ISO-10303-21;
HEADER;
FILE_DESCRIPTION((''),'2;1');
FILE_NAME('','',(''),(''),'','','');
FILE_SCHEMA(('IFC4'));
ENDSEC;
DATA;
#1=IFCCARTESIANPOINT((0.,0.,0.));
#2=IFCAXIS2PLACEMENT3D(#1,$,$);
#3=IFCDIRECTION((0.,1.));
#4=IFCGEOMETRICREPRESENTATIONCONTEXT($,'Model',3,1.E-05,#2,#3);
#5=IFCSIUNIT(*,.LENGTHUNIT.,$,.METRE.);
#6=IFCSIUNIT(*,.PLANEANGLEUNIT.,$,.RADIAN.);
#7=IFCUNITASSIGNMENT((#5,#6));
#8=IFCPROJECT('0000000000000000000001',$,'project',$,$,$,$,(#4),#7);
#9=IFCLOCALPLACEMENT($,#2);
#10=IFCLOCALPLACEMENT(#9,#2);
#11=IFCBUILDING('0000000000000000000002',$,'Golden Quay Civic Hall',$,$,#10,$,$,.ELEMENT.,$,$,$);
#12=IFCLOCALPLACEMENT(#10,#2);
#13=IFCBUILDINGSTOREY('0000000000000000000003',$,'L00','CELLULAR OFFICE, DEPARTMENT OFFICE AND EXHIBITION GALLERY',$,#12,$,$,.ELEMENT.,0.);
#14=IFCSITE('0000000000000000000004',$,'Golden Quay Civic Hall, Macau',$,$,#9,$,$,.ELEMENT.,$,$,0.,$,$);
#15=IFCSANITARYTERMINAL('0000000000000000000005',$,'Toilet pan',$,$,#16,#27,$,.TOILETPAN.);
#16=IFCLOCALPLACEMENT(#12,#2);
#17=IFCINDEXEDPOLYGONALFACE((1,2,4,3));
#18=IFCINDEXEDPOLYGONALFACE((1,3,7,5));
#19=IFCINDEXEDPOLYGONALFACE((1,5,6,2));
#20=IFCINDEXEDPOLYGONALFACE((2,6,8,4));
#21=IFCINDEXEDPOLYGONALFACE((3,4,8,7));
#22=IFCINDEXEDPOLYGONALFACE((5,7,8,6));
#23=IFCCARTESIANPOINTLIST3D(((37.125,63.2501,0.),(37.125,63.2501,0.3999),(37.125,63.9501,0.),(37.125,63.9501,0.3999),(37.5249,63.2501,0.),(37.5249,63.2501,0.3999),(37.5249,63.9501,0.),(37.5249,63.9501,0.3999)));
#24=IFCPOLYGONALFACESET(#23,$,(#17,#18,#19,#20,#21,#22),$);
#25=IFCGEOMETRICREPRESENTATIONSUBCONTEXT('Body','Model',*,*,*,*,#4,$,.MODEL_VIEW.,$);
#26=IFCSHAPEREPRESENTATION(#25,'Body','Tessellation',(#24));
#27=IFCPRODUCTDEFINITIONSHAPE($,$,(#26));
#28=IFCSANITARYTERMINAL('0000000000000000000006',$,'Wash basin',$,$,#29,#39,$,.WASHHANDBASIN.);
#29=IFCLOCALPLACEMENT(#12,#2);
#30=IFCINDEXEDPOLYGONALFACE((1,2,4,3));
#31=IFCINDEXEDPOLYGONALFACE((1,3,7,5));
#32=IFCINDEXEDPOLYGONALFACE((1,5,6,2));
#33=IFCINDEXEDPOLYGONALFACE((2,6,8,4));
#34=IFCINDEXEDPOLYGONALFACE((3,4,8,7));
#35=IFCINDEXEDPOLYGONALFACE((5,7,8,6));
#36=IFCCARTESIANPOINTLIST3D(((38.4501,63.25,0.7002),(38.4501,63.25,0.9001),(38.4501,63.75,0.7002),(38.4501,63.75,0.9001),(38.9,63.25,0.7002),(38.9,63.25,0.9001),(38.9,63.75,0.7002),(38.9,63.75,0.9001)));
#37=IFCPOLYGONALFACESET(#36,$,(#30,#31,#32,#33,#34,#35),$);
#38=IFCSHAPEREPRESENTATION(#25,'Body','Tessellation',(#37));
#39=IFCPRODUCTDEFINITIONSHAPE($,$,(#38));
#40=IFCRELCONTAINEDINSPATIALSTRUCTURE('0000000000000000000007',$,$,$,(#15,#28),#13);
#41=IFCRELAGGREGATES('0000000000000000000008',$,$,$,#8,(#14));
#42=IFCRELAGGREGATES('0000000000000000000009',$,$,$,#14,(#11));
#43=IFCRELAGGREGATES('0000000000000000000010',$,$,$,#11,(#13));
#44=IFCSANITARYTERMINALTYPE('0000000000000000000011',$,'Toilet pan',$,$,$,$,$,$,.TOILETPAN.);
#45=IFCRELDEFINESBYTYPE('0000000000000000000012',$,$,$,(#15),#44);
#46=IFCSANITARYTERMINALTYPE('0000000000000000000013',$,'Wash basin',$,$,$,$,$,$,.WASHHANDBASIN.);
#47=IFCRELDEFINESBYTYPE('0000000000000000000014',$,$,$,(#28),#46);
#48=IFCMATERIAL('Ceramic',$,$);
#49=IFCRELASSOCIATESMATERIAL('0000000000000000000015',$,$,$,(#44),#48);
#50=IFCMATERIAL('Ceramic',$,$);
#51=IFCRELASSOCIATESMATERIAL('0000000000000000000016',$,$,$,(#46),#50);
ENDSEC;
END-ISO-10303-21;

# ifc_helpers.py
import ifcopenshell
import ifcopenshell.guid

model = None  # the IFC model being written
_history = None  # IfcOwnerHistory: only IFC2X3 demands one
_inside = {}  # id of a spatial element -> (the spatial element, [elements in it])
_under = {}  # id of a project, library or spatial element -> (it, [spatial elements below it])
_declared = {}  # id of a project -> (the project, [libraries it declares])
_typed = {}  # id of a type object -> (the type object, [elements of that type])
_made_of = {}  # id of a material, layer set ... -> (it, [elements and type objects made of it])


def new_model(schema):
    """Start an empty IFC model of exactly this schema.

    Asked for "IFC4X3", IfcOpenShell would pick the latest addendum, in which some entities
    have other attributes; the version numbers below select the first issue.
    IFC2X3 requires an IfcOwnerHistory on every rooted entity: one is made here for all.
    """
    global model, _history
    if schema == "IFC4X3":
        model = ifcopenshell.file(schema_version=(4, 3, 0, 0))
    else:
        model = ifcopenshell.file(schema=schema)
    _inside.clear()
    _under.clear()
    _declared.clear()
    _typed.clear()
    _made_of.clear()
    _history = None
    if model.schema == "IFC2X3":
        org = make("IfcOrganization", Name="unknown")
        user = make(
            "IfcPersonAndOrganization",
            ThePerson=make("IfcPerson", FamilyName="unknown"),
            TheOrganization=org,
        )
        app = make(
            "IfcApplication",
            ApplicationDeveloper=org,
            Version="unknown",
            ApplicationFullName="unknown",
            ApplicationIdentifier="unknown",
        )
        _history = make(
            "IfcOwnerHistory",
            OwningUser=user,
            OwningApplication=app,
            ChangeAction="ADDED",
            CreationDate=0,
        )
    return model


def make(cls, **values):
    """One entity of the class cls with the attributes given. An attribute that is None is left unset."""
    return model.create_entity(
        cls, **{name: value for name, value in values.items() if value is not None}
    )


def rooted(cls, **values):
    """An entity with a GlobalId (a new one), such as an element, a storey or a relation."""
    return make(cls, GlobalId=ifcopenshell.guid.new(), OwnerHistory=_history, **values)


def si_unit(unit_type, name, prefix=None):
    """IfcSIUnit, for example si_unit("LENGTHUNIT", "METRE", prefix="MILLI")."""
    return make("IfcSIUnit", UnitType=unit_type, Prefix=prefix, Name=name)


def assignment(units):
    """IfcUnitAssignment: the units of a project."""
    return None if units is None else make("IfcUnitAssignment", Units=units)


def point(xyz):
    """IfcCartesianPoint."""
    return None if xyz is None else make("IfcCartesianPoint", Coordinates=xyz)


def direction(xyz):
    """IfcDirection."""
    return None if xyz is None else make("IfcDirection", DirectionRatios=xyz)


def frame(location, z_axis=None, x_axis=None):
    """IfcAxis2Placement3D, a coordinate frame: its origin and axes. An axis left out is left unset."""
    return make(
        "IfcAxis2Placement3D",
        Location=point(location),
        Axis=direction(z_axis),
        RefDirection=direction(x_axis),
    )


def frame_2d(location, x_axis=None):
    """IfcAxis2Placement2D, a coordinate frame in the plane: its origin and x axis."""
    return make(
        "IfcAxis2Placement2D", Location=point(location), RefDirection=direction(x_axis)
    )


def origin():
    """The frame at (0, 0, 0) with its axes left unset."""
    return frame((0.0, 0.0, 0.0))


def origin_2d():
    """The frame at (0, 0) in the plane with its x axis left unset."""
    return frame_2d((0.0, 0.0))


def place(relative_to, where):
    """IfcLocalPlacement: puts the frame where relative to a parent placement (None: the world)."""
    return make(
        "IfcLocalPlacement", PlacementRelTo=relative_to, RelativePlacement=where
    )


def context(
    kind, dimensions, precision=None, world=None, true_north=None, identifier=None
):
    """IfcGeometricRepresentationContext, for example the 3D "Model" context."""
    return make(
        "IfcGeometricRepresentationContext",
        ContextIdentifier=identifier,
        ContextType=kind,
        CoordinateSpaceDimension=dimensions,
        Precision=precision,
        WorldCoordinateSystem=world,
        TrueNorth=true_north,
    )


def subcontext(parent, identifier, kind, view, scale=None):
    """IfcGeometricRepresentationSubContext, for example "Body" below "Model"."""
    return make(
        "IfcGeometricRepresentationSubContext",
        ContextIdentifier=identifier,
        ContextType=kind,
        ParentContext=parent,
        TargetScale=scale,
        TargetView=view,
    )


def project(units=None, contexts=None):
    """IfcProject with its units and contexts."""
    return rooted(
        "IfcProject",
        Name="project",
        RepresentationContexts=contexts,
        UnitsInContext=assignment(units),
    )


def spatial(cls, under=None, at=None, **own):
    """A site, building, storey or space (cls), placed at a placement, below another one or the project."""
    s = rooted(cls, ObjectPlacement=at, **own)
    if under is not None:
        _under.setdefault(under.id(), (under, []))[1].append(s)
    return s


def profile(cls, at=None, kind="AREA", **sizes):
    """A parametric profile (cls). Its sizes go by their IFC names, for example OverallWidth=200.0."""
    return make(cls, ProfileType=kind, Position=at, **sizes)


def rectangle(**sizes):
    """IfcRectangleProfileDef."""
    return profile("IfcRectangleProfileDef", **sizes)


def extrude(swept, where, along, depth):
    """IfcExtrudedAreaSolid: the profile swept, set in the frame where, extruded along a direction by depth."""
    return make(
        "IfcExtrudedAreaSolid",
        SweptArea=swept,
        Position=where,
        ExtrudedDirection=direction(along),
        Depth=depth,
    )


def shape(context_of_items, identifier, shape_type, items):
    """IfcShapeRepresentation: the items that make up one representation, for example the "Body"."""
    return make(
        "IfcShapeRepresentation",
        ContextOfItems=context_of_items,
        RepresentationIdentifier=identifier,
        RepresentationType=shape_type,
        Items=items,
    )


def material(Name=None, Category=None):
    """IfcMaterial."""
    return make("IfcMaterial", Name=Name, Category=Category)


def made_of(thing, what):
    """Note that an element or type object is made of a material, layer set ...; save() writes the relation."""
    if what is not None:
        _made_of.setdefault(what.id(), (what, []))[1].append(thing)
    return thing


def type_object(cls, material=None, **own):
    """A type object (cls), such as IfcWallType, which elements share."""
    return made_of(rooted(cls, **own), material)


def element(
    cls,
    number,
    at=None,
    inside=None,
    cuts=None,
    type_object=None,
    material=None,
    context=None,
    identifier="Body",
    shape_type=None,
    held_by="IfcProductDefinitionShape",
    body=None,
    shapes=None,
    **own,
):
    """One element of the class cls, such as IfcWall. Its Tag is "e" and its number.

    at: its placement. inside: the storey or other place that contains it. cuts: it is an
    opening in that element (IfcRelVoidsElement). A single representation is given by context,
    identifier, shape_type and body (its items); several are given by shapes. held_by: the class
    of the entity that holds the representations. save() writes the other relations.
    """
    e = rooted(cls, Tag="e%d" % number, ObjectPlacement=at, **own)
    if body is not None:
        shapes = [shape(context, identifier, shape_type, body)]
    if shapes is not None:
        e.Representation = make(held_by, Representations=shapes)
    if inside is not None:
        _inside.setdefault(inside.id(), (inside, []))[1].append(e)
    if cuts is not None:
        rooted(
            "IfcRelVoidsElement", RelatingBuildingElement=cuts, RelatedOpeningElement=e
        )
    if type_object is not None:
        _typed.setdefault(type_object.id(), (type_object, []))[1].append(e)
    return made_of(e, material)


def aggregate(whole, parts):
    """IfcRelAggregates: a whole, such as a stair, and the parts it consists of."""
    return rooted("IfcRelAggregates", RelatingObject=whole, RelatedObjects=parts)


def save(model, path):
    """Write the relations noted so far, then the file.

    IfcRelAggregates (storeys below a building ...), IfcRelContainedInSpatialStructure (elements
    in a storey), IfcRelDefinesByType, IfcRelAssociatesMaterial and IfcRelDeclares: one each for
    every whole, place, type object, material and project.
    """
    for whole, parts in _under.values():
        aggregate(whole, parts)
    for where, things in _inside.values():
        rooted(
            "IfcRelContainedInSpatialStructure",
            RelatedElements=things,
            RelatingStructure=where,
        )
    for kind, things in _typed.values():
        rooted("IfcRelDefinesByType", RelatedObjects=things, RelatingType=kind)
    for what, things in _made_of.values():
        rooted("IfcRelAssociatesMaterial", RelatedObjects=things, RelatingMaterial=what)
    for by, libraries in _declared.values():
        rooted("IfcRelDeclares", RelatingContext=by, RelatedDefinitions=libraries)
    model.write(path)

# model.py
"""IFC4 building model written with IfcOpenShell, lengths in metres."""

from ifc_helpers import new_model, si_unit, direction, frame, origin, origin_2d, place, context, subcontext, project, spatial, rectangle, extrude, material, type_object, element, save


model = new_model("IFC4")

# Units and contexts
model_context = context("Model", 3, precision=1e-05, world=origin(), true_north=direction((0.0, 1.0)))
body_context = subcontext(model_context, "Body", "Model", "MODEL_VIEW")
ifc_project = project(units=[si_unit("LENGTHUNIT", "METRE"), si_unit("PLANEANGLEUNIT", "RADIAN")], contexts=[model_context])

# Site, building, storey
site_placement = place(None, origin())
site = spatial("IfcSite", under=ifc_project, at=site_placement, Name="Golden Quay Civic Hall, Macau", CompositionType="ELEMENT", RefElevation=0.0)
building_placement = place(site_placement, origin())
building = spatial("IfcBuilding", under=site, at=building_placement, Name="Golden Quay Civic Hall", CompositionType="ELEMENT")
storey_placement = place(building_placement, origin())
storey = spatial("IfcBuildingStorey", under=building, at=storey_placement, Name="L00", Description="CELLULAR OFFICE, DEPARTMENT OFFICE AND EXHIBITION GALLERY", CompositionType="ELEMENT", Elevation=0.0)

# Sanitary terminals
ifc_material_1 = material(Name="Ceramic")
sanitary_terminal_type_1 = type_object("IfcSanitaryTerminalType", Name="Toilet pan", PredefinedType="TOILETPAN", material=ifc_material_1)
for number, where, z_axis, x_axis, name in (
    (1, (37.325, 63.6001, 0.0), (0.0, 0.0, 1.0), (1.0, 0.0, 0.0), "Toilet pan"),
):
    element("IfcSanitaryTerminal", number, at=place(storey_placement, frame(where, z_axis=z_axis, x_axis=x_axis)), inside=storey, type_object=sanitary_terminal_type_1, Name=name, PredefinedType="TOILETPAN", context=body_context, shape_type="SweptSolid", body=[
        extrude(rectangle(XDim=0.3999, YDim=0.7, at=origin_2d()), origin(), (0.0, 0.0, 1.0), 0.3999),
    ])
ifc_material_2 = material(Name="Ceramic")
sanitary_terminal_type_2 = type_object("IfcSanitaryTerminalType", Name="Wash basin", PredefinedType="WASHHANDBASIN", material=ifc_material_2)
sanitary_terminal_placement = place(storey_placement, frame((38.675, 63.5, 0.7002), z_axis=(0.0, 0.0, 1.0), x_axis=(0.0, 1.0, 0.0)))
element("IfcSanitaryTerminal", 2, at=sanitary_terminal_placement, inside=storey, type_object=sanitary_terminal_type_2, Name="Wash basin", PredefinedType="WASHHANDBASIN", context=body_context, shape_type="SweptSolid", body=[
    extrude(rectangle(XDim=0.5, YDim=0.45, at=origin_2d()), origin(), (0.0, 0.0, 1.0), 0.2),
])

save(model, "model.ifc")
